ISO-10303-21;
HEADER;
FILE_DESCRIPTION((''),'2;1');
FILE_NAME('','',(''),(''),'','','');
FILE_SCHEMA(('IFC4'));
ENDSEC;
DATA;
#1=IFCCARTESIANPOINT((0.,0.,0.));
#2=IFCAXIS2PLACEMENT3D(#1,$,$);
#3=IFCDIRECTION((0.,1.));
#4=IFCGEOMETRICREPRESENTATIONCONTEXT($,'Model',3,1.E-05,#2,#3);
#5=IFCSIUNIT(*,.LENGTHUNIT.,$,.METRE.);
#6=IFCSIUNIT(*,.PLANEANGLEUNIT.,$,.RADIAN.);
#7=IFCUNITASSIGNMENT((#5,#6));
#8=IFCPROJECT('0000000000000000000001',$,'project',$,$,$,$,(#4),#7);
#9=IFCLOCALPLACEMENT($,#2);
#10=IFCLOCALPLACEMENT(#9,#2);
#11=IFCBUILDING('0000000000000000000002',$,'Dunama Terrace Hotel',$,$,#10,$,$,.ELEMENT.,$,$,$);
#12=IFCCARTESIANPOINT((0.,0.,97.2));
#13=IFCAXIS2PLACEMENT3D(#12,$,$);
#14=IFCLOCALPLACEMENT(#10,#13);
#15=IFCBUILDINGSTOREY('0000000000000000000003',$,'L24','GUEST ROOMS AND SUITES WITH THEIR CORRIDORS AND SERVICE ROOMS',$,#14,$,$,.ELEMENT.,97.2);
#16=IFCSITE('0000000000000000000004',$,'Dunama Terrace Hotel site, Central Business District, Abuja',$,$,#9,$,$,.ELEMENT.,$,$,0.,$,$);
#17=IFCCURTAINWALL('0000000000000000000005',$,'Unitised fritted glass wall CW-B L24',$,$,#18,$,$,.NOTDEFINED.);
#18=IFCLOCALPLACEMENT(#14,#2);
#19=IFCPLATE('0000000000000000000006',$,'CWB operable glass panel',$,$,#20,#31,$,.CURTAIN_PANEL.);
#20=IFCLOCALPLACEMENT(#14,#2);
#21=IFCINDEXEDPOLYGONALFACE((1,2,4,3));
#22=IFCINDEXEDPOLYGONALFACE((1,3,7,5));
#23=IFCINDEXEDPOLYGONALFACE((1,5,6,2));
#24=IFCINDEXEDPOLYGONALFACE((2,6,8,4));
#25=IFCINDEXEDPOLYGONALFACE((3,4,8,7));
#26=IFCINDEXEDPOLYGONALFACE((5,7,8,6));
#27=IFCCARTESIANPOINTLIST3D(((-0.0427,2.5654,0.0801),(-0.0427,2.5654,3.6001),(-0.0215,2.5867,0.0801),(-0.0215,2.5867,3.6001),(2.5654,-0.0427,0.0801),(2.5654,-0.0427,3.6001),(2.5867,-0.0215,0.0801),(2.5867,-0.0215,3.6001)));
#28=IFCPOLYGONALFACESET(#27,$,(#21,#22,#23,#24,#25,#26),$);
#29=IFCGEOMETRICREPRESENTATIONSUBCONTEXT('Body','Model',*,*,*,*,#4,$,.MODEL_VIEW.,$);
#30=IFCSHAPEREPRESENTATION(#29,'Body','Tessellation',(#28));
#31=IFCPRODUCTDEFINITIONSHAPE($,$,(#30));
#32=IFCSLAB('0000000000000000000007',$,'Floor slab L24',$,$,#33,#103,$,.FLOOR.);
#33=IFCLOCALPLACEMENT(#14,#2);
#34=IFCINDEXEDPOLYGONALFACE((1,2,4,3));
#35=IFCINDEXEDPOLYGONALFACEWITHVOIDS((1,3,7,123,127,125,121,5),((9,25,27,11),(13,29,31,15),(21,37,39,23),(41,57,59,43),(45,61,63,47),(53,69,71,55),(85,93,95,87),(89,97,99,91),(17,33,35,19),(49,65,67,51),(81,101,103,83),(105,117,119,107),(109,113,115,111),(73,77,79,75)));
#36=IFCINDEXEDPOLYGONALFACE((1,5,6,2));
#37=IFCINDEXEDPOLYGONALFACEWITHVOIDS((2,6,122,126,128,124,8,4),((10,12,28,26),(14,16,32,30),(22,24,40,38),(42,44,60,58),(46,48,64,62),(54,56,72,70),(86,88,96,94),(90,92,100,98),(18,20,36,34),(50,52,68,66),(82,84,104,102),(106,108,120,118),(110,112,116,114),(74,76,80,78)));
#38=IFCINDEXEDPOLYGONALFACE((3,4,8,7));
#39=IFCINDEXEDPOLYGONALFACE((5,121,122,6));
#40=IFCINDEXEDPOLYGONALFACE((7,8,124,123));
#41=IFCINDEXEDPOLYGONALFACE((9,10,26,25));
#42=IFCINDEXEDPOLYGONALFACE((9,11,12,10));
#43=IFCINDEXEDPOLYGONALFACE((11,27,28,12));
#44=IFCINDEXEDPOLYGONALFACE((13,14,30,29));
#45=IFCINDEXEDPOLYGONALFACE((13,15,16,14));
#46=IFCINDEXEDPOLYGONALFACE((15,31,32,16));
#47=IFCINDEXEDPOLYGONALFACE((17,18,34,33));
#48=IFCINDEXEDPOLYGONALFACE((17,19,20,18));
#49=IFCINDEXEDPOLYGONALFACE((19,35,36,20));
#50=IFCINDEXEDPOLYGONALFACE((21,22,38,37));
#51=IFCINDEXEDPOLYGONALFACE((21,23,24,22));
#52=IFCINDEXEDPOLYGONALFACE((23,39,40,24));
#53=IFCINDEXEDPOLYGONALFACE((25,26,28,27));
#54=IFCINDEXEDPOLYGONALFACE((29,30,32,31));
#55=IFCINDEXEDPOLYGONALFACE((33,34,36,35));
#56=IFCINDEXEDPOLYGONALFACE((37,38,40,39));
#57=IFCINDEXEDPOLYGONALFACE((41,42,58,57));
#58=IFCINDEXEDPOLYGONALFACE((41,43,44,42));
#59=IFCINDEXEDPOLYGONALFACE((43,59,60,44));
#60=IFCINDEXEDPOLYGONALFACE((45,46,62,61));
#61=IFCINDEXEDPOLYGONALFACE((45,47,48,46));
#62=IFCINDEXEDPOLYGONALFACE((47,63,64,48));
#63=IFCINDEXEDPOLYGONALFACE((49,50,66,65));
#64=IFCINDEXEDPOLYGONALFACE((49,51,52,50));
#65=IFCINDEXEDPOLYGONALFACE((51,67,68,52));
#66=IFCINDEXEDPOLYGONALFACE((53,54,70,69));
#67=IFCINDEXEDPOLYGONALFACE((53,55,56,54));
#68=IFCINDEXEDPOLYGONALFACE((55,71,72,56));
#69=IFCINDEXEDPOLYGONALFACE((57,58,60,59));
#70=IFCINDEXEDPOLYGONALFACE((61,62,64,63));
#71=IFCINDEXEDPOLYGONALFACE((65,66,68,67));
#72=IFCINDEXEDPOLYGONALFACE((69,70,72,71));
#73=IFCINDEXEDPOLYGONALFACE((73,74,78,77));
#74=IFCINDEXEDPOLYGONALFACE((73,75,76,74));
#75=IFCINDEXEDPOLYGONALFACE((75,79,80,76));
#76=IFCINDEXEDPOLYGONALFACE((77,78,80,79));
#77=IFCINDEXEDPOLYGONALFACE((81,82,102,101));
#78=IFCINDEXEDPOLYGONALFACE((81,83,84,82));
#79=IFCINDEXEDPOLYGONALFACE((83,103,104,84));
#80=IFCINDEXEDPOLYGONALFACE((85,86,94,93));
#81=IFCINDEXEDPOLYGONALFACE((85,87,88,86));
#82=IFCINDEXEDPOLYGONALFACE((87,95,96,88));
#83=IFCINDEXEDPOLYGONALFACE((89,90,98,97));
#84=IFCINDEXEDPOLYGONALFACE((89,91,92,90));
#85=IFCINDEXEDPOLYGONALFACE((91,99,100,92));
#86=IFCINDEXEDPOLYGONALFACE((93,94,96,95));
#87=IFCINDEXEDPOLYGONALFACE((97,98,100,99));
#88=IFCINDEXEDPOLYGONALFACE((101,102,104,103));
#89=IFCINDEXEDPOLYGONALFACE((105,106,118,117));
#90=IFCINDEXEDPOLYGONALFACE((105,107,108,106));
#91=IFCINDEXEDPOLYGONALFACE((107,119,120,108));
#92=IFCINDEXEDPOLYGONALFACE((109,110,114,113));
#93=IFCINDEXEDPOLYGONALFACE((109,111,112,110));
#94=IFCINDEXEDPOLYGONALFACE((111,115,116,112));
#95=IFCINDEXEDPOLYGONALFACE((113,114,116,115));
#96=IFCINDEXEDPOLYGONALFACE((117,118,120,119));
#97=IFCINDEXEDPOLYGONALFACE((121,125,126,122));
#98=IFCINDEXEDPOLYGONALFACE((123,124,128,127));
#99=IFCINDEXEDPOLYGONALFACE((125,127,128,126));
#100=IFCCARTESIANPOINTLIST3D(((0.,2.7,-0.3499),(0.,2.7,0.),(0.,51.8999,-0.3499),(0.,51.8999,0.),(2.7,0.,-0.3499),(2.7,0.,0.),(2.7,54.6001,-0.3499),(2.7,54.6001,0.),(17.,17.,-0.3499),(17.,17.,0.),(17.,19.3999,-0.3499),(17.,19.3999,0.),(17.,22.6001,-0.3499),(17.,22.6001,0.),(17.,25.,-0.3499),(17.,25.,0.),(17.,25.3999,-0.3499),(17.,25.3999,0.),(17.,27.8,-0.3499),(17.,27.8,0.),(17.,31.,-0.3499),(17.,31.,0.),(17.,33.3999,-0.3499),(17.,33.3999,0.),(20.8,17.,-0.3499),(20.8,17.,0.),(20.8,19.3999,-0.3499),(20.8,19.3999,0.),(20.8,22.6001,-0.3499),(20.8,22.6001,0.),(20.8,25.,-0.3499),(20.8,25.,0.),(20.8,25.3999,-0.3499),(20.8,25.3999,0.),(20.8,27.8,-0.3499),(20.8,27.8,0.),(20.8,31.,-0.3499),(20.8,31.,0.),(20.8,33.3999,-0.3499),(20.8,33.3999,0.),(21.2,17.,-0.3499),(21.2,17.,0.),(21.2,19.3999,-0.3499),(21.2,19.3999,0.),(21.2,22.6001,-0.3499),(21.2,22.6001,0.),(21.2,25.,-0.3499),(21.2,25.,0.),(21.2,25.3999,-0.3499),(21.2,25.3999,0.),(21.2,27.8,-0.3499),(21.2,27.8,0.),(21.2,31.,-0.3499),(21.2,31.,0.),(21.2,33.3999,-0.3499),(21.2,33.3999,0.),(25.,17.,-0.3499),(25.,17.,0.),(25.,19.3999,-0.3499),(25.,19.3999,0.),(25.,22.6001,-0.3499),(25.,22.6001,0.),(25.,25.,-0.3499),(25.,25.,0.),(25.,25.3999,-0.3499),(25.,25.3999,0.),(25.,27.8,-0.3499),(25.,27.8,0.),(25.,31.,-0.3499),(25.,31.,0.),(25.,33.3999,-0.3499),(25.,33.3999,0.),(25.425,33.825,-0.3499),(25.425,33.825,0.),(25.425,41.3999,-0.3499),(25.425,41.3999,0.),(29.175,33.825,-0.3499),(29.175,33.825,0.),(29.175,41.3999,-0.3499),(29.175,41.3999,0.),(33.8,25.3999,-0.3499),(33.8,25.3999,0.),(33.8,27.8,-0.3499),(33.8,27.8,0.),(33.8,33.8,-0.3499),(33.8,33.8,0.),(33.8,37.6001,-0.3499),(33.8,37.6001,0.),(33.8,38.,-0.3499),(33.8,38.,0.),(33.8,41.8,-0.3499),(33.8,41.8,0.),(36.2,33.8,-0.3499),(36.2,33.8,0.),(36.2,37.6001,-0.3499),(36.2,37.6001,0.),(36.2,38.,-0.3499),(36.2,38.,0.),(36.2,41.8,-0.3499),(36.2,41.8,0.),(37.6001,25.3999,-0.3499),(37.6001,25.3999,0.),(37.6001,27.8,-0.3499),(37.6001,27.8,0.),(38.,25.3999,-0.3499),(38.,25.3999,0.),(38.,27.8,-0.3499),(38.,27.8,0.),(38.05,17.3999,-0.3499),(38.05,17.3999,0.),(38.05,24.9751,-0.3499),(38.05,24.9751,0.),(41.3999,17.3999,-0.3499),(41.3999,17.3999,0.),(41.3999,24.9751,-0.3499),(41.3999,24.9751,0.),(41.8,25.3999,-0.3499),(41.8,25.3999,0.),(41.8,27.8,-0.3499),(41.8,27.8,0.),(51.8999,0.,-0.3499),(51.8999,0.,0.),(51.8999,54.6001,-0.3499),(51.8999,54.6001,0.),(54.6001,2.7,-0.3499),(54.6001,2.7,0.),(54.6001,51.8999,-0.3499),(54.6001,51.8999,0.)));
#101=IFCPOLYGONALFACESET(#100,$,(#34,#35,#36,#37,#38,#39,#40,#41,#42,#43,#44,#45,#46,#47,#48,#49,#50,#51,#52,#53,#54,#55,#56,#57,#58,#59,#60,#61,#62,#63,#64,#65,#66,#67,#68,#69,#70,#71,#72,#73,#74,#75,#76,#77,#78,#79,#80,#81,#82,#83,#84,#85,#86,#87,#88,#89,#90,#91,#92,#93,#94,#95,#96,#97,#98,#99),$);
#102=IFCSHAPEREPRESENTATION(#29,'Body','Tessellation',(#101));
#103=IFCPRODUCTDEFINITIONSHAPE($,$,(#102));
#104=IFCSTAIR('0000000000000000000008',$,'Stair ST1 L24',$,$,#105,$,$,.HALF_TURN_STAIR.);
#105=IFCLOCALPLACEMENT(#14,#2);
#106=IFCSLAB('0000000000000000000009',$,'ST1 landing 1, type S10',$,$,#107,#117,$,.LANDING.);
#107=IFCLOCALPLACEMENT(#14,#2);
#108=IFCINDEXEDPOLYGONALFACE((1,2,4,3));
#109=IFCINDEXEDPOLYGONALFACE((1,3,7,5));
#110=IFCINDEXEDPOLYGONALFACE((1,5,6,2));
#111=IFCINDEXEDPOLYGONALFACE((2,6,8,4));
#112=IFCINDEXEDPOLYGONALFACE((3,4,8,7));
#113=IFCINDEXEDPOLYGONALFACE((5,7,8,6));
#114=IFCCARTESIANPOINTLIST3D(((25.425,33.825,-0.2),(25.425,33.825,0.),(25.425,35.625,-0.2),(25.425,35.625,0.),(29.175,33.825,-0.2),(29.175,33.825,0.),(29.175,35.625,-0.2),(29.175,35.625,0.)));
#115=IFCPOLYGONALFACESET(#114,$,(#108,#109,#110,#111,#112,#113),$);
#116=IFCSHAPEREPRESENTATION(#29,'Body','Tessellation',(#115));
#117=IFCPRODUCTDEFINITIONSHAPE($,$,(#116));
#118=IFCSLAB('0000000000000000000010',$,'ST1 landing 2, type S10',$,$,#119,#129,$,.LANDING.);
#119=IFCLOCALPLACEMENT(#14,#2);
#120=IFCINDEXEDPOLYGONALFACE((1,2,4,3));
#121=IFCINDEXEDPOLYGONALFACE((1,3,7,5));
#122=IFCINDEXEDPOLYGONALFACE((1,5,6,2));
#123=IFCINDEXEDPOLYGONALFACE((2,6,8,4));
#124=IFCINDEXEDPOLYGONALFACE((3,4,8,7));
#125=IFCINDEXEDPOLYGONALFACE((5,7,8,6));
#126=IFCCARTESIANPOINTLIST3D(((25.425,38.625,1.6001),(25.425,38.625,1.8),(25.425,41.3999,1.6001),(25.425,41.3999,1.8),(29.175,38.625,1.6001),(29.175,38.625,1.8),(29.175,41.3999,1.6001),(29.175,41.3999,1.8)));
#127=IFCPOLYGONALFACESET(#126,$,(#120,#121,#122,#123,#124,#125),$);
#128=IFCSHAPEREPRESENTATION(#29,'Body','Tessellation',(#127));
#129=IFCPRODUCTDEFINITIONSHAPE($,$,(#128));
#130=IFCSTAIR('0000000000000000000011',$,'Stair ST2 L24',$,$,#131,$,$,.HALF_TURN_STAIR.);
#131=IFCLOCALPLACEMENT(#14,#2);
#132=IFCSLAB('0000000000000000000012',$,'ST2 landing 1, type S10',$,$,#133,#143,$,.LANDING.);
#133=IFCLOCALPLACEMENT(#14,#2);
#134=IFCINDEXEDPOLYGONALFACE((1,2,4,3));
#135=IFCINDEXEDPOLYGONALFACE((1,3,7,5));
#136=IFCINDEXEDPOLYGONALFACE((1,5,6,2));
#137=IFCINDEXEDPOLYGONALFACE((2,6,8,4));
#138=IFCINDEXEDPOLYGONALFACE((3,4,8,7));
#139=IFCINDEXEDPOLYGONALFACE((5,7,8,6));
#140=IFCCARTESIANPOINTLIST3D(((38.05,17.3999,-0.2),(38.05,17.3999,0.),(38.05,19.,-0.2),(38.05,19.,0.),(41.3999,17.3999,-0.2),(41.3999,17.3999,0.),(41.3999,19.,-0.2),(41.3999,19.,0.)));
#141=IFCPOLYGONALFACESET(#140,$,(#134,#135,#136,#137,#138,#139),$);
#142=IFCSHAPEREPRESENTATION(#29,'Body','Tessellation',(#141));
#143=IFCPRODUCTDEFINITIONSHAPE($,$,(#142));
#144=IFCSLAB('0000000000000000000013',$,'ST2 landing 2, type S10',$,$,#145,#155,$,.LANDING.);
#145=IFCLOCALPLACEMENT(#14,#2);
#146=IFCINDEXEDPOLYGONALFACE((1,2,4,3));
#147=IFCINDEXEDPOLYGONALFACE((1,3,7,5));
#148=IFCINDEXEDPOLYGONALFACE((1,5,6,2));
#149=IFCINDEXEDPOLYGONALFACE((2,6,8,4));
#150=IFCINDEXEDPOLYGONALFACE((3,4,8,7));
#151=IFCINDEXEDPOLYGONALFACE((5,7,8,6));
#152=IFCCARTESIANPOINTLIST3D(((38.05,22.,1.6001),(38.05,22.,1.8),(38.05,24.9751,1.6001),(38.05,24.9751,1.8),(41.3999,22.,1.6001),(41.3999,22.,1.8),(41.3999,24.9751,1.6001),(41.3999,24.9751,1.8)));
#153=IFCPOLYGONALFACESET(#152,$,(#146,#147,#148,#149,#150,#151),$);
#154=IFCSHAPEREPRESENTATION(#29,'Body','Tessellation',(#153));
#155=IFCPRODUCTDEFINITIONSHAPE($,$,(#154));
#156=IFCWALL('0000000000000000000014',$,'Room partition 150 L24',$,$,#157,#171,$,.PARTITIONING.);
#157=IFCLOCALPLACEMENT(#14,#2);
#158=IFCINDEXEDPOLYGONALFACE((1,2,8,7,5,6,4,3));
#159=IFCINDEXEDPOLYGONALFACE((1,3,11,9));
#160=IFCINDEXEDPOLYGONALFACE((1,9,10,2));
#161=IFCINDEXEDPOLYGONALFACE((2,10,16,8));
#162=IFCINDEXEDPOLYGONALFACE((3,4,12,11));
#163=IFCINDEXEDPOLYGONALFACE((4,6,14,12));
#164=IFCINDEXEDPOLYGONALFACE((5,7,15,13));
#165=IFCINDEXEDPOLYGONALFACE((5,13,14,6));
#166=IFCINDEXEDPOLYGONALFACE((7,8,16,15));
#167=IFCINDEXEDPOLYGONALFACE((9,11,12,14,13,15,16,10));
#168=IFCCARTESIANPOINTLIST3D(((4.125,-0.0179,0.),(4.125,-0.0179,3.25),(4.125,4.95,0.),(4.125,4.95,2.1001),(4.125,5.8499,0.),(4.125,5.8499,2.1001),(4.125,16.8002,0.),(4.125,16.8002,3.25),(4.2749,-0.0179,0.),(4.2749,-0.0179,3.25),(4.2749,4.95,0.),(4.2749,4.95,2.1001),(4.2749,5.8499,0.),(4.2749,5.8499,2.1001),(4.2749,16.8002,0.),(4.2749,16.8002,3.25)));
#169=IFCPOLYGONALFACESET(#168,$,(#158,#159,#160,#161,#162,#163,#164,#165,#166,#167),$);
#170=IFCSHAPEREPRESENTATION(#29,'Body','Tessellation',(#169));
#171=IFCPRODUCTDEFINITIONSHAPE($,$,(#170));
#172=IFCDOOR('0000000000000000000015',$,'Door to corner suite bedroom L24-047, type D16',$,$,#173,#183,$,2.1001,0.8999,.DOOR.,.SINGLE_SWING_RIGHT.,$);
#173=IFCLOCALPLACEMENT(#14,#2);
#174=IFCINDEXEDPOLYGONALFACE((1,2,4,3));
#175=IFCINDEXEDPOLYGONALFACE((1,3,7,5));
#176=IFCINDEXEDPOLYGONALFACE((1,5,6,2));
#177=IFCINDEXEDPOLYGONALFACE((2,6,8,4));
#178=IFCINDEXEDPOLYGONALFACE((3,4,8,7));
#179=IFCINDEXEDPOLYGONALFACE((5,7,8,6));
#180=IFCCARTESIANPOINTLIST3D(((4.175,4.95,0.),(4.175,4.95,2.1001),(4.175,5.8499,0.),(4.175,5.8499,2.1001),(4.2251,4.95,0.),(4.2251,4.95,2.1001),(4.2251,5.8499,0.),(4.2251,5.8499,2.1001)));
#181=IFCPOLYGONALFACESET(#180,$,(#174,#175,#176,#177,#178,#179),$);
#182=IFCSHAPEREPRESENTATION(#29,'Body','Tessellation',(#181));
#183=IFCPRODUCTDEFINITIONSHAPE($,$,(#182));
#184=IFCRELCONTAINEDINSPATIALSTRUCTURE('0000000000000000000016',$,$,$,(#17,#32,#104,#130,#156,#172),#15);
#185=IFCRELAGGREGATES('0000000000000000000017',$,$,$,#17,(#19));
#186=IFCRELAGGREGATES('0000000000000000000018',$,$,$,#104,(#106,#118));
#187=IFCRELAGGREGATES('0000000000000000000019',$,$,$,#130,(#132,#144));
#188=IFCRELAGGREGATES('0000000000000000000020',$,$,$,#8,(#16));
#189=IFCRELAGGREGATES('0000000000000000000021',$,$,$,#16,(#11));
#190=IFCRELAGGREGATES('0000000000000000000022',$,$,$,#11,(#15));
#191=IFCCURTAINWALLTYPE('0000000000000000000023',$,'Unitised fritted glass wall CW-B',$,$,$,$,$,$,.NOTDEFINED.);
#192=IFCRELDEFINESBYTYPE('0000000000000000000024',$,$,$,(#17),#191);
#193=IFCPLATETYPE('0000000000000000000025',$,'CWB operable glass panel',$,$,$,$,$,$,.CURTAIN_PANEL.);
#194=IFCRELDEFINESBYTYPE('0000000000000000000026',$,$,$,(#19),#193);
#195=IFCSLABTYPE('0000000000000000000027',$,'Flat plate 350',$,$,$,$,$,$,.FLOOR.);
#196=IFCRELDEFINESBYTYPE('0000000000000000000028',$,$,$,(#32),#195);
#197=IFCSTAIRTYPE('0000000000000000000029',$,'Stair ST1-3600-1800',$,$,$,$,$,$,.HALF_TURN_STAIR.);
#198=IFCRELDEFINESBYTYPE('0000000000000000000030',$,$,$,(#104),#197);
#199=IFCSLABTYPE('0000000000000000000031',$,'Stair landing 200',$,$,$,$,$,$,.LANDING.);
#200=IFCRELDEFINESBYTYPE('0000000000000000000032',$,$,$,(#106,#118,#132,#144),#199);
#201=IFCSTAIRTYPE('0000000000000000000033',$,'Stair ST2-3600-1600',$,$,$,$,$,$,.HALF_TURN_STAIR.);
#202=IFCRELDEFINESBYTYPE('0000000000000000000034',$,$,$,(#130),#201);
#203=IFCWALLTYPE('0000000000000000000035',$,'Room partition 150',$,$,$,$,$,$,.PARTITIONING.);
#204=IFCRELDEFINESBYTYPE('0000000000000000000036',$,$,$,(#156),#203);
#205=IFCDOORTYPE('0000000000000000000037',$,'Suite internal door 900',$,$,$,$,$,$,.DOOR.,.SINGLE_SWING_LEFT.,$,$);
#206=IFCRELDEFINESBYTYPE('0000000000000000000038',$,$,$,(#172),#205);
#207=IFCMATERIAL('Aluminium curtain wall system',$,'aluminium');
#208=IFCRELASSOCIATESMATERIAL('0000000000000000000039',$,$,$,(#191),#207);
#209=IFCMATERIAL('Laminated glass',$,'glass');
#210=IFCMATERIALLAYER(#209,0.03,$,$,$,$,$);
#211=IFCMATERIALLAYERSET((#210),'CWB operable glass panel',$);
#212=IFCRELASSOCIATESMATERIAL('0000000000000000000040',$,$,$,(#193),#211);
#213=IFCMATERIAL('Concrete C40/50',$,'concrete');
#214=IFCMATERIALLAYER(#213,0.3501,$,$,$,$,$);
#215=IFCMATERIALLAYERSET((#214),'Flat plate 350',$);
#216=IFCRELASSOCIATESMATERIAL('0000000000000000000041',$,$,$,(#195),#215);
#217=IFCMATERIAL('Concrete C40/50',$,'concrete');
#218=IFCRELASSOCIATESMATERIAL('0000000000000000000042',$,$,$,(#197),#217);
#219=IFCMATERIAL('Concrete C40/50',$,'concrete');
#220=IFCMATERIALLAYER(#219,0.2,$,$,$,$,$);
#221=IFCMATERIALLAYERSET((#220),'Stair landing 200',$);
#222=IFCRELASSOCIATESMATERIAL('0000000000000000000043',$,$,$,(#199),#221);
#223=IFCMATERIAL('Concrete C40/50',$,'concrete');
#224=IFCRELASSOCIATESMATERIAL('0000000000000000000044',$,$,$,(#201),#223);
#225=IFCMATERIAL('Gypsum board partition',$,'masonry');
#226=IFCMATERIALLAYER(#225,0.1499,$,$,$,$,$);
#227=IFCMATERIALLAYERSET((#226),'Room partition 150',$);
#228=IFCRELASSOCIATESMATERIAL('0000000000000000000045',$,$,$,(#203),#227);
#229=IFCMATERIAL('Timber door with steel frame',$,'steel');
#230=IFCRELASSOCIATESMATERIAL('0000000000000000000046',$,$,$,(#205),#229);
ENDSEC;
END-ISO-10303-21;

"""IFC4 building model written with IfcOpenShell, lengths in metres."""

from ifc_helpers import new_model, si_unit, direction, frame, frame_2d, origin, origin_2d, place, context, subcontext, project, spatial, polyline, rectangle, outline, extrude, material, layer, layer_set, type_object, element, fill, aggregate, save


model = new_model("IFC4")

# Units and contexts
model_context = context("Model", 3, precision=1e-05, world=origin(), true_north=direction((0.0, 1.0)))
body_context = subcontext(model_context, "Body", "Model", "MODEL_VIEW")
ifc_project = project(units=[si_unit("LENGTHUNIT", "METRE"), si_unit("PLANEANGLEUNIT", "RADIAN")], contexts=[model_context])

# Site, building, storey
site_placement = place(None, origin())
site = spatial("IfcSite", under=ifc_project, at=site_placement, Name="Dunama Terrace Hotel site, Central Business District, Abuja", CompositionType="ELEMENT", RefElevation=0.0)
building_placement = place(site_placement, origin())
building = spatial("IfcBuilding", under=site, at=building_placement, Name="Dunama Terrace Hotel", CompositionType="ELEMENT")
storey_placement = place(building_placement, frame((0.0, 0.0, 97.2)))
storey = spatial("IfcBuildingStorey", under=building, at=storey_placement, Name="L24", Description="GUEST ROOMS AND SUITES WITH THEIR CORRIDORS AND SERVICE ROOMS", CompositionType="ELEMENT", Elevation=97.2)

# Shared definitions
ifc_material_1 = material(Name="Aluminium curtain wall system", Category="aluminium")
curtain_wall_type = type_object("IfcCurtainWallType", Name="Unitised fritted glass wall CW-B", PredefinedType="NOTDEFINED", material=ifc_material_1)

# Curtain wall
curtain_wall_1_placement = place(storey_placement, origin())
curtain_wall_1 = element("IfcCurtainWall", 1, at=curtain_wall_1_placement, inside=storey, type_object=curtain_wall_type, Name="Unitised fritted glass wall CW-B L24", PredefinedType="NOTDEFINED")

# Plate
ifc_material_2 = material(Name="Laminated glass", Category="glass")
ifc_layer_1 = layer(ifc_material_2, 0.03)
ifc_layer_set_1 = layer_set([ifc_layer_1], Name="CWB operable glass panel")
plate_type_1 = type_object("IfcPlateType", Name="CWB operable glass panel", PredefinedType="CURTAIN_PANEL", material=ifc_layer_set_1)
plate_1_placement = place(storey_placement, frame((1.272, 1.272, 0.0801), z_axis=(0.0, 0.0, 1.0), x_axis=(0.707107, -0.707107, 0.0)))
plate_1 = element("IfcPlate", 2, at=plate_1_placement, type_object=plate_type_1, Name="CWB operable glass panel", PredefinedType="CURTAIN_PANEL", context=body_context, shape_type="SweptSolid", body=[
    extrude(rectangle(XDim=3.6885, YDim=0.03, at=origin_2d()), origin(), (0.0, 0.0, 1.0), 3.52),
])
aggregate(curtain_wall_1, [plate_1])

# Slab
ifc_material_3 = material(Name="Concrete C40/50", Category="concrete")
ifc_layer_2 = layer(ifc_material_3, 0.3501)
ifc_layer_set_2 = layer_set([ifc_layer_2], Name="Flat plate 350")
slab_type_1 = type_object("IfcSlabType", Name="Flat plate 350", PredefinedType="FLOOR", material=ifc_layer_set_2)
slab_1_placement = place(storey_placement, frame((0.0, 0.0, -0.3499)))
element("IfcSlab", 3, at=slab_1_placement, inside=storey, type_object=slab_type_1, Name="Floor slab L24", PredefinedType="FLOOR", context=body_context, shape_type="SweptSolid", body=[
    extrude(outline(polyline([(2.7, 0.0), (51.8999, 0.0), (54.6001, 2.7), (54.6001, 51.8999), (51.8999, 54.6001), (2.7, 54.6001), (0.0, 51.8999), (0.0, 2.7), (2.7, 0.0)]), holes=[polyline([(37.6001, 25.3999), (37.6001, 27.8), (33.8, 27.8), (33.8, 25.3999), (37.6001, 25.3999)]), polyline([(41.8, 25.3999), (41.8, 27.8), (38.0, 27.8), (38.0, 25.3999), (41.8, 25.3999)]), polyline([(20.8, 17.0), (20.8, 19.3999), (17.0, 19.3999), (17.0, 17.0), (20.8, 17.0)]), polyline([(25.0, 17.0), (25.0, 19.3999), (21.2, 19.3999), (21.2, 17.0), (25.0, 17.0)]), polyline([(20.8, 22.6001), (20.8, 25.0), (17.0, 25.0), (17.0, 22.6001), (20.8, 22.6001)]), polyline([(25.0, 22.6001), (25.0, 25.0), (21.2, 25.0), (21.2, 22.6001), (25.0, 22.6001)]), polyline([(20.8, 25.3999), (20.8, 27.8), (17.0, 27.8), (17.0, 25.3999), (20.8, 25.3999)]), polyline([(25.0, 25.3999), (25.0, 27.8), (21.2, 27.8), (21.2, 25.3999), (25.0, 25.3999)]), polyline([(20.8, 31.0), (20.8, 33.3999), (17.0, 33.3999), (17.0, 31.0), (20.8, 31.0)]), polyline([(25.0, 31.0), (25.0, 33.3999), (21.2, 33.3999), (21.2, 31.0), (25.0, 31.0)]), polyline([(36.2, 38.0), (36.2, 41.8), (33.8, 41.8), (33.8, 38.0), (36.2, 38.0)]), polyline([(36.2, 33.8), (36.2, 37.6001), (33.8, 37.6001), (33.8, 33.8), (36.2, 33.8)]), polyline([(29.175, 33.825), (29.175, 41.3999), (25.425, 41.3999), (25.425, 33.825), (29.175, 33.825)]), polyline([(41.3999, 17.3999), (41.3999, 24.9751), (38.05, 24.9751), (38.05, 17.3999), (41.3999, 17.3999)])]), origin(), (0.0, 0.0, 1.0), 0.3499),
])

# Stairs, slabs
ifc_material_4 = material(Name="Concrete C40/50", Category="concrete")
stair_type_1 = type_object("IfcStairType", Name="Stair ST1-3600-1800", PredefinedType="HALF_TURN_STAIR", material=ifc_material_4)
stair_1_placement = place(storey_placement, origin())
stair_1 = element("IfcStair", 4, at=stair_1_placement, inside=storey, type_object=stair_type_1, Name="Stair ST1 L24", PredefinedType="HALF_TURN_STAIR")
ifc_material_5 = material(Name="Concrete C40/50", Category="concrete")
ifc_layer_3 = layer(ifc_material_5, 0.2)
ifc_layer_set_3 = layer_set([ifc_layer_3], Name="Stair landing 200")
slab_type_2 = type_object("IfcSlabType", Name="Stair landing 200", PredefinedType="LANDING", material=ifc_layer_set_3)
slab_2_placement = place(storey_placement, frame((0.0, 0.0, -0.2)))
slab_2 = element("IfcSlab", 5, at=slab_2_placement, type_object=slab_type_2, Name="ST1 landing 1, type S10", PredefinedType="LANDING", context=body_context, shape_type="SweptSolid", body=[
    extrude(outline(polyline([(25.425, 33.825), (29.175, 33.825), (29.175, 35.625), (25.425, 35.625), (25.425, 33.825)])), origin(), (0.0, 0.0, 1.0), 0.2),
])
slab_3_placement = place(storey_placement, frame((0.0, 0.0, 1.6001)))
slab_3 = element("IfcSlab", 6, at=slab_3_placement, type_object=slab_type_2, Name="ST1 landing 2, type S10", PredefinedType="LANDING", context=body_context, shape_type="SweptSolid", body=[
    extrude(outline(polyline([(25.425, 38.625), (29.175, 38.625), (29.175, 41.3999), (25.425, 41.3999), (25.425, 38.625)])), origin(), (0.0, 0.0, 1.0), 0.2),
])
aggregate(stair_1, [slab_2, slab_3])
ifc_material_6 = material(Name="Concrete C40/50", Category="concrete")
stair_type_2 = type_object("IfcStairType", Name="Stair ST2-3600-1600", PredefinedType="HALF_TURN_STAIR", material=ifc_material_6)
stair_2_placement = place(storey_placement, origin())
stair_2 = element("IfcStair", 7, at=stair_2_placement, inside=storey, type_object=stair_type_2, Name="Stair ST2 L24", PredefinedType="HALF_TURN_STAIR")
slab_4_placement = place(storey_placement, frame((0.0, 0.0, -0.2)))
slab_4 = element("IfcSlab", 8, at=slab_4_placement, type_object=slab_type_2, Name="ST2 landing 1, type S10", PredefinedType="LANDING", context=body_context, shape_type="SweptSolid", body=[
    extrude(outline(polyline([(38.05, 17.3999), (41.3999, 17.3999), (41.3999, 19.0), (38.05, 19.0), (38.05, 17.3999)])), origin(), (0.0, 0.0, 1.0), 0.2),
])
slab_5_placement = place(storey_placement, frame((0.0, 0.0, 1.6001)))
slab_5 = element("IfcSlab", 9, at=slab_5_placement, type_object=slab_type_2, Name="ST2 landing 2, type S10", PredefinedType="LANDING", context=body_context, shape_type="SweptSolid", body=[
    extrude(outline(polyline([(38.05, 22.0), (41.3999, 22.0), (41.3999, 24.9751), (38.05, 24.9751), (38.05, 22.0)])), origin(), (0.0, 0.0, 1.0), 0.2),
])
aggregate(stair_2, [slab_4, slab_5])

# Wall, opening, door
ifc_material_7 = material(Name="Gypsum board partition", Category="masonry")
ifc_layer_4 = layer(ifc_material_7, 0.1499)
ifc_layer_set_4 = layer_set([ifc_layer_4], Name="Room partition 150")
wall_type = type_object("IfcWallType", Name="Room partition 150", PredefinedType="PARTITIONING", material=ifc_layer_set_4)
wall_placement = place(storey_placement, frame((4.2, -0.0181, 0.0), z_axis=(0.0, 0.0, 1.0), x_axis=(0.0, 1.0, 0.0)))
wall = element("IfcWall", 10, at=wall_placement, inside=storey, type_object=wall_type, Name="Room partition 150 L24", PredefinedType="PARTITIONING", context=body_context, shape_type="SweptSolid", body=[
    extrude(rectangle(XDim=16.8181, YDim=0.1499, at=frame_2d((8.4092, 0.0))), origin(), (0.0, 0.0, 1.0), 3.25),
])
opening_placement = place(wall_placement, frame((4.968, 0.0, 0.0)))
opening = element("IfcOpeningElement", 11, at=opening_placement, cuts=wall, PredefinedType="OPENING", context=body_context, shape_type="SweptSolid", body=[
    extrude(rectangle(XDim=0.8999, YDim=2.1001, at=frame_2d((0.45, 1.05))), frame((0.0, 0.085, 0.0), z_axis=(0.0, -1.0, 0.0), x_axis=(1.0, 0.0, 0.0)), (0.0, 0.0, 1.0), 0.1699),
])
ifc_material_8 = material(Name="Timber door with steel frame", Category="steel")
door_type = type_object("IfcDoorType", Name="Suite internal door 900", OperationType="SINGLE_SWING_LEFT", PredefinedType="DOOR", material=ifc_material_8)
door_placement = place(opening_placement, origin())
door = element("IfcDoor", 12, at=door_placement, inside=storey, type_object=door_type, Name="Door to corner suite bedroom L24-047, type D16", OperationType="SINGLE_SWING_RIGHT", OverallHeight=2.1001, OverallWidth=0.8999, PredefinedType="DOOR", context=body_context, shape_type="SweptSolid", body=[
    extrude(rectangle(XDim=0.8999, YDim=2.1001, at=frame_2d((0.45, 1.05))), frame((0.0, 0.0249, 0.0), z_axis=(0.0, -1.0, 0.0), x_axis=(1.0, 0.0, 0.0)), (0.0, 0.0, 1.0), 0.05),
])
fill(opening, door)

save(model, "model.ifc")
